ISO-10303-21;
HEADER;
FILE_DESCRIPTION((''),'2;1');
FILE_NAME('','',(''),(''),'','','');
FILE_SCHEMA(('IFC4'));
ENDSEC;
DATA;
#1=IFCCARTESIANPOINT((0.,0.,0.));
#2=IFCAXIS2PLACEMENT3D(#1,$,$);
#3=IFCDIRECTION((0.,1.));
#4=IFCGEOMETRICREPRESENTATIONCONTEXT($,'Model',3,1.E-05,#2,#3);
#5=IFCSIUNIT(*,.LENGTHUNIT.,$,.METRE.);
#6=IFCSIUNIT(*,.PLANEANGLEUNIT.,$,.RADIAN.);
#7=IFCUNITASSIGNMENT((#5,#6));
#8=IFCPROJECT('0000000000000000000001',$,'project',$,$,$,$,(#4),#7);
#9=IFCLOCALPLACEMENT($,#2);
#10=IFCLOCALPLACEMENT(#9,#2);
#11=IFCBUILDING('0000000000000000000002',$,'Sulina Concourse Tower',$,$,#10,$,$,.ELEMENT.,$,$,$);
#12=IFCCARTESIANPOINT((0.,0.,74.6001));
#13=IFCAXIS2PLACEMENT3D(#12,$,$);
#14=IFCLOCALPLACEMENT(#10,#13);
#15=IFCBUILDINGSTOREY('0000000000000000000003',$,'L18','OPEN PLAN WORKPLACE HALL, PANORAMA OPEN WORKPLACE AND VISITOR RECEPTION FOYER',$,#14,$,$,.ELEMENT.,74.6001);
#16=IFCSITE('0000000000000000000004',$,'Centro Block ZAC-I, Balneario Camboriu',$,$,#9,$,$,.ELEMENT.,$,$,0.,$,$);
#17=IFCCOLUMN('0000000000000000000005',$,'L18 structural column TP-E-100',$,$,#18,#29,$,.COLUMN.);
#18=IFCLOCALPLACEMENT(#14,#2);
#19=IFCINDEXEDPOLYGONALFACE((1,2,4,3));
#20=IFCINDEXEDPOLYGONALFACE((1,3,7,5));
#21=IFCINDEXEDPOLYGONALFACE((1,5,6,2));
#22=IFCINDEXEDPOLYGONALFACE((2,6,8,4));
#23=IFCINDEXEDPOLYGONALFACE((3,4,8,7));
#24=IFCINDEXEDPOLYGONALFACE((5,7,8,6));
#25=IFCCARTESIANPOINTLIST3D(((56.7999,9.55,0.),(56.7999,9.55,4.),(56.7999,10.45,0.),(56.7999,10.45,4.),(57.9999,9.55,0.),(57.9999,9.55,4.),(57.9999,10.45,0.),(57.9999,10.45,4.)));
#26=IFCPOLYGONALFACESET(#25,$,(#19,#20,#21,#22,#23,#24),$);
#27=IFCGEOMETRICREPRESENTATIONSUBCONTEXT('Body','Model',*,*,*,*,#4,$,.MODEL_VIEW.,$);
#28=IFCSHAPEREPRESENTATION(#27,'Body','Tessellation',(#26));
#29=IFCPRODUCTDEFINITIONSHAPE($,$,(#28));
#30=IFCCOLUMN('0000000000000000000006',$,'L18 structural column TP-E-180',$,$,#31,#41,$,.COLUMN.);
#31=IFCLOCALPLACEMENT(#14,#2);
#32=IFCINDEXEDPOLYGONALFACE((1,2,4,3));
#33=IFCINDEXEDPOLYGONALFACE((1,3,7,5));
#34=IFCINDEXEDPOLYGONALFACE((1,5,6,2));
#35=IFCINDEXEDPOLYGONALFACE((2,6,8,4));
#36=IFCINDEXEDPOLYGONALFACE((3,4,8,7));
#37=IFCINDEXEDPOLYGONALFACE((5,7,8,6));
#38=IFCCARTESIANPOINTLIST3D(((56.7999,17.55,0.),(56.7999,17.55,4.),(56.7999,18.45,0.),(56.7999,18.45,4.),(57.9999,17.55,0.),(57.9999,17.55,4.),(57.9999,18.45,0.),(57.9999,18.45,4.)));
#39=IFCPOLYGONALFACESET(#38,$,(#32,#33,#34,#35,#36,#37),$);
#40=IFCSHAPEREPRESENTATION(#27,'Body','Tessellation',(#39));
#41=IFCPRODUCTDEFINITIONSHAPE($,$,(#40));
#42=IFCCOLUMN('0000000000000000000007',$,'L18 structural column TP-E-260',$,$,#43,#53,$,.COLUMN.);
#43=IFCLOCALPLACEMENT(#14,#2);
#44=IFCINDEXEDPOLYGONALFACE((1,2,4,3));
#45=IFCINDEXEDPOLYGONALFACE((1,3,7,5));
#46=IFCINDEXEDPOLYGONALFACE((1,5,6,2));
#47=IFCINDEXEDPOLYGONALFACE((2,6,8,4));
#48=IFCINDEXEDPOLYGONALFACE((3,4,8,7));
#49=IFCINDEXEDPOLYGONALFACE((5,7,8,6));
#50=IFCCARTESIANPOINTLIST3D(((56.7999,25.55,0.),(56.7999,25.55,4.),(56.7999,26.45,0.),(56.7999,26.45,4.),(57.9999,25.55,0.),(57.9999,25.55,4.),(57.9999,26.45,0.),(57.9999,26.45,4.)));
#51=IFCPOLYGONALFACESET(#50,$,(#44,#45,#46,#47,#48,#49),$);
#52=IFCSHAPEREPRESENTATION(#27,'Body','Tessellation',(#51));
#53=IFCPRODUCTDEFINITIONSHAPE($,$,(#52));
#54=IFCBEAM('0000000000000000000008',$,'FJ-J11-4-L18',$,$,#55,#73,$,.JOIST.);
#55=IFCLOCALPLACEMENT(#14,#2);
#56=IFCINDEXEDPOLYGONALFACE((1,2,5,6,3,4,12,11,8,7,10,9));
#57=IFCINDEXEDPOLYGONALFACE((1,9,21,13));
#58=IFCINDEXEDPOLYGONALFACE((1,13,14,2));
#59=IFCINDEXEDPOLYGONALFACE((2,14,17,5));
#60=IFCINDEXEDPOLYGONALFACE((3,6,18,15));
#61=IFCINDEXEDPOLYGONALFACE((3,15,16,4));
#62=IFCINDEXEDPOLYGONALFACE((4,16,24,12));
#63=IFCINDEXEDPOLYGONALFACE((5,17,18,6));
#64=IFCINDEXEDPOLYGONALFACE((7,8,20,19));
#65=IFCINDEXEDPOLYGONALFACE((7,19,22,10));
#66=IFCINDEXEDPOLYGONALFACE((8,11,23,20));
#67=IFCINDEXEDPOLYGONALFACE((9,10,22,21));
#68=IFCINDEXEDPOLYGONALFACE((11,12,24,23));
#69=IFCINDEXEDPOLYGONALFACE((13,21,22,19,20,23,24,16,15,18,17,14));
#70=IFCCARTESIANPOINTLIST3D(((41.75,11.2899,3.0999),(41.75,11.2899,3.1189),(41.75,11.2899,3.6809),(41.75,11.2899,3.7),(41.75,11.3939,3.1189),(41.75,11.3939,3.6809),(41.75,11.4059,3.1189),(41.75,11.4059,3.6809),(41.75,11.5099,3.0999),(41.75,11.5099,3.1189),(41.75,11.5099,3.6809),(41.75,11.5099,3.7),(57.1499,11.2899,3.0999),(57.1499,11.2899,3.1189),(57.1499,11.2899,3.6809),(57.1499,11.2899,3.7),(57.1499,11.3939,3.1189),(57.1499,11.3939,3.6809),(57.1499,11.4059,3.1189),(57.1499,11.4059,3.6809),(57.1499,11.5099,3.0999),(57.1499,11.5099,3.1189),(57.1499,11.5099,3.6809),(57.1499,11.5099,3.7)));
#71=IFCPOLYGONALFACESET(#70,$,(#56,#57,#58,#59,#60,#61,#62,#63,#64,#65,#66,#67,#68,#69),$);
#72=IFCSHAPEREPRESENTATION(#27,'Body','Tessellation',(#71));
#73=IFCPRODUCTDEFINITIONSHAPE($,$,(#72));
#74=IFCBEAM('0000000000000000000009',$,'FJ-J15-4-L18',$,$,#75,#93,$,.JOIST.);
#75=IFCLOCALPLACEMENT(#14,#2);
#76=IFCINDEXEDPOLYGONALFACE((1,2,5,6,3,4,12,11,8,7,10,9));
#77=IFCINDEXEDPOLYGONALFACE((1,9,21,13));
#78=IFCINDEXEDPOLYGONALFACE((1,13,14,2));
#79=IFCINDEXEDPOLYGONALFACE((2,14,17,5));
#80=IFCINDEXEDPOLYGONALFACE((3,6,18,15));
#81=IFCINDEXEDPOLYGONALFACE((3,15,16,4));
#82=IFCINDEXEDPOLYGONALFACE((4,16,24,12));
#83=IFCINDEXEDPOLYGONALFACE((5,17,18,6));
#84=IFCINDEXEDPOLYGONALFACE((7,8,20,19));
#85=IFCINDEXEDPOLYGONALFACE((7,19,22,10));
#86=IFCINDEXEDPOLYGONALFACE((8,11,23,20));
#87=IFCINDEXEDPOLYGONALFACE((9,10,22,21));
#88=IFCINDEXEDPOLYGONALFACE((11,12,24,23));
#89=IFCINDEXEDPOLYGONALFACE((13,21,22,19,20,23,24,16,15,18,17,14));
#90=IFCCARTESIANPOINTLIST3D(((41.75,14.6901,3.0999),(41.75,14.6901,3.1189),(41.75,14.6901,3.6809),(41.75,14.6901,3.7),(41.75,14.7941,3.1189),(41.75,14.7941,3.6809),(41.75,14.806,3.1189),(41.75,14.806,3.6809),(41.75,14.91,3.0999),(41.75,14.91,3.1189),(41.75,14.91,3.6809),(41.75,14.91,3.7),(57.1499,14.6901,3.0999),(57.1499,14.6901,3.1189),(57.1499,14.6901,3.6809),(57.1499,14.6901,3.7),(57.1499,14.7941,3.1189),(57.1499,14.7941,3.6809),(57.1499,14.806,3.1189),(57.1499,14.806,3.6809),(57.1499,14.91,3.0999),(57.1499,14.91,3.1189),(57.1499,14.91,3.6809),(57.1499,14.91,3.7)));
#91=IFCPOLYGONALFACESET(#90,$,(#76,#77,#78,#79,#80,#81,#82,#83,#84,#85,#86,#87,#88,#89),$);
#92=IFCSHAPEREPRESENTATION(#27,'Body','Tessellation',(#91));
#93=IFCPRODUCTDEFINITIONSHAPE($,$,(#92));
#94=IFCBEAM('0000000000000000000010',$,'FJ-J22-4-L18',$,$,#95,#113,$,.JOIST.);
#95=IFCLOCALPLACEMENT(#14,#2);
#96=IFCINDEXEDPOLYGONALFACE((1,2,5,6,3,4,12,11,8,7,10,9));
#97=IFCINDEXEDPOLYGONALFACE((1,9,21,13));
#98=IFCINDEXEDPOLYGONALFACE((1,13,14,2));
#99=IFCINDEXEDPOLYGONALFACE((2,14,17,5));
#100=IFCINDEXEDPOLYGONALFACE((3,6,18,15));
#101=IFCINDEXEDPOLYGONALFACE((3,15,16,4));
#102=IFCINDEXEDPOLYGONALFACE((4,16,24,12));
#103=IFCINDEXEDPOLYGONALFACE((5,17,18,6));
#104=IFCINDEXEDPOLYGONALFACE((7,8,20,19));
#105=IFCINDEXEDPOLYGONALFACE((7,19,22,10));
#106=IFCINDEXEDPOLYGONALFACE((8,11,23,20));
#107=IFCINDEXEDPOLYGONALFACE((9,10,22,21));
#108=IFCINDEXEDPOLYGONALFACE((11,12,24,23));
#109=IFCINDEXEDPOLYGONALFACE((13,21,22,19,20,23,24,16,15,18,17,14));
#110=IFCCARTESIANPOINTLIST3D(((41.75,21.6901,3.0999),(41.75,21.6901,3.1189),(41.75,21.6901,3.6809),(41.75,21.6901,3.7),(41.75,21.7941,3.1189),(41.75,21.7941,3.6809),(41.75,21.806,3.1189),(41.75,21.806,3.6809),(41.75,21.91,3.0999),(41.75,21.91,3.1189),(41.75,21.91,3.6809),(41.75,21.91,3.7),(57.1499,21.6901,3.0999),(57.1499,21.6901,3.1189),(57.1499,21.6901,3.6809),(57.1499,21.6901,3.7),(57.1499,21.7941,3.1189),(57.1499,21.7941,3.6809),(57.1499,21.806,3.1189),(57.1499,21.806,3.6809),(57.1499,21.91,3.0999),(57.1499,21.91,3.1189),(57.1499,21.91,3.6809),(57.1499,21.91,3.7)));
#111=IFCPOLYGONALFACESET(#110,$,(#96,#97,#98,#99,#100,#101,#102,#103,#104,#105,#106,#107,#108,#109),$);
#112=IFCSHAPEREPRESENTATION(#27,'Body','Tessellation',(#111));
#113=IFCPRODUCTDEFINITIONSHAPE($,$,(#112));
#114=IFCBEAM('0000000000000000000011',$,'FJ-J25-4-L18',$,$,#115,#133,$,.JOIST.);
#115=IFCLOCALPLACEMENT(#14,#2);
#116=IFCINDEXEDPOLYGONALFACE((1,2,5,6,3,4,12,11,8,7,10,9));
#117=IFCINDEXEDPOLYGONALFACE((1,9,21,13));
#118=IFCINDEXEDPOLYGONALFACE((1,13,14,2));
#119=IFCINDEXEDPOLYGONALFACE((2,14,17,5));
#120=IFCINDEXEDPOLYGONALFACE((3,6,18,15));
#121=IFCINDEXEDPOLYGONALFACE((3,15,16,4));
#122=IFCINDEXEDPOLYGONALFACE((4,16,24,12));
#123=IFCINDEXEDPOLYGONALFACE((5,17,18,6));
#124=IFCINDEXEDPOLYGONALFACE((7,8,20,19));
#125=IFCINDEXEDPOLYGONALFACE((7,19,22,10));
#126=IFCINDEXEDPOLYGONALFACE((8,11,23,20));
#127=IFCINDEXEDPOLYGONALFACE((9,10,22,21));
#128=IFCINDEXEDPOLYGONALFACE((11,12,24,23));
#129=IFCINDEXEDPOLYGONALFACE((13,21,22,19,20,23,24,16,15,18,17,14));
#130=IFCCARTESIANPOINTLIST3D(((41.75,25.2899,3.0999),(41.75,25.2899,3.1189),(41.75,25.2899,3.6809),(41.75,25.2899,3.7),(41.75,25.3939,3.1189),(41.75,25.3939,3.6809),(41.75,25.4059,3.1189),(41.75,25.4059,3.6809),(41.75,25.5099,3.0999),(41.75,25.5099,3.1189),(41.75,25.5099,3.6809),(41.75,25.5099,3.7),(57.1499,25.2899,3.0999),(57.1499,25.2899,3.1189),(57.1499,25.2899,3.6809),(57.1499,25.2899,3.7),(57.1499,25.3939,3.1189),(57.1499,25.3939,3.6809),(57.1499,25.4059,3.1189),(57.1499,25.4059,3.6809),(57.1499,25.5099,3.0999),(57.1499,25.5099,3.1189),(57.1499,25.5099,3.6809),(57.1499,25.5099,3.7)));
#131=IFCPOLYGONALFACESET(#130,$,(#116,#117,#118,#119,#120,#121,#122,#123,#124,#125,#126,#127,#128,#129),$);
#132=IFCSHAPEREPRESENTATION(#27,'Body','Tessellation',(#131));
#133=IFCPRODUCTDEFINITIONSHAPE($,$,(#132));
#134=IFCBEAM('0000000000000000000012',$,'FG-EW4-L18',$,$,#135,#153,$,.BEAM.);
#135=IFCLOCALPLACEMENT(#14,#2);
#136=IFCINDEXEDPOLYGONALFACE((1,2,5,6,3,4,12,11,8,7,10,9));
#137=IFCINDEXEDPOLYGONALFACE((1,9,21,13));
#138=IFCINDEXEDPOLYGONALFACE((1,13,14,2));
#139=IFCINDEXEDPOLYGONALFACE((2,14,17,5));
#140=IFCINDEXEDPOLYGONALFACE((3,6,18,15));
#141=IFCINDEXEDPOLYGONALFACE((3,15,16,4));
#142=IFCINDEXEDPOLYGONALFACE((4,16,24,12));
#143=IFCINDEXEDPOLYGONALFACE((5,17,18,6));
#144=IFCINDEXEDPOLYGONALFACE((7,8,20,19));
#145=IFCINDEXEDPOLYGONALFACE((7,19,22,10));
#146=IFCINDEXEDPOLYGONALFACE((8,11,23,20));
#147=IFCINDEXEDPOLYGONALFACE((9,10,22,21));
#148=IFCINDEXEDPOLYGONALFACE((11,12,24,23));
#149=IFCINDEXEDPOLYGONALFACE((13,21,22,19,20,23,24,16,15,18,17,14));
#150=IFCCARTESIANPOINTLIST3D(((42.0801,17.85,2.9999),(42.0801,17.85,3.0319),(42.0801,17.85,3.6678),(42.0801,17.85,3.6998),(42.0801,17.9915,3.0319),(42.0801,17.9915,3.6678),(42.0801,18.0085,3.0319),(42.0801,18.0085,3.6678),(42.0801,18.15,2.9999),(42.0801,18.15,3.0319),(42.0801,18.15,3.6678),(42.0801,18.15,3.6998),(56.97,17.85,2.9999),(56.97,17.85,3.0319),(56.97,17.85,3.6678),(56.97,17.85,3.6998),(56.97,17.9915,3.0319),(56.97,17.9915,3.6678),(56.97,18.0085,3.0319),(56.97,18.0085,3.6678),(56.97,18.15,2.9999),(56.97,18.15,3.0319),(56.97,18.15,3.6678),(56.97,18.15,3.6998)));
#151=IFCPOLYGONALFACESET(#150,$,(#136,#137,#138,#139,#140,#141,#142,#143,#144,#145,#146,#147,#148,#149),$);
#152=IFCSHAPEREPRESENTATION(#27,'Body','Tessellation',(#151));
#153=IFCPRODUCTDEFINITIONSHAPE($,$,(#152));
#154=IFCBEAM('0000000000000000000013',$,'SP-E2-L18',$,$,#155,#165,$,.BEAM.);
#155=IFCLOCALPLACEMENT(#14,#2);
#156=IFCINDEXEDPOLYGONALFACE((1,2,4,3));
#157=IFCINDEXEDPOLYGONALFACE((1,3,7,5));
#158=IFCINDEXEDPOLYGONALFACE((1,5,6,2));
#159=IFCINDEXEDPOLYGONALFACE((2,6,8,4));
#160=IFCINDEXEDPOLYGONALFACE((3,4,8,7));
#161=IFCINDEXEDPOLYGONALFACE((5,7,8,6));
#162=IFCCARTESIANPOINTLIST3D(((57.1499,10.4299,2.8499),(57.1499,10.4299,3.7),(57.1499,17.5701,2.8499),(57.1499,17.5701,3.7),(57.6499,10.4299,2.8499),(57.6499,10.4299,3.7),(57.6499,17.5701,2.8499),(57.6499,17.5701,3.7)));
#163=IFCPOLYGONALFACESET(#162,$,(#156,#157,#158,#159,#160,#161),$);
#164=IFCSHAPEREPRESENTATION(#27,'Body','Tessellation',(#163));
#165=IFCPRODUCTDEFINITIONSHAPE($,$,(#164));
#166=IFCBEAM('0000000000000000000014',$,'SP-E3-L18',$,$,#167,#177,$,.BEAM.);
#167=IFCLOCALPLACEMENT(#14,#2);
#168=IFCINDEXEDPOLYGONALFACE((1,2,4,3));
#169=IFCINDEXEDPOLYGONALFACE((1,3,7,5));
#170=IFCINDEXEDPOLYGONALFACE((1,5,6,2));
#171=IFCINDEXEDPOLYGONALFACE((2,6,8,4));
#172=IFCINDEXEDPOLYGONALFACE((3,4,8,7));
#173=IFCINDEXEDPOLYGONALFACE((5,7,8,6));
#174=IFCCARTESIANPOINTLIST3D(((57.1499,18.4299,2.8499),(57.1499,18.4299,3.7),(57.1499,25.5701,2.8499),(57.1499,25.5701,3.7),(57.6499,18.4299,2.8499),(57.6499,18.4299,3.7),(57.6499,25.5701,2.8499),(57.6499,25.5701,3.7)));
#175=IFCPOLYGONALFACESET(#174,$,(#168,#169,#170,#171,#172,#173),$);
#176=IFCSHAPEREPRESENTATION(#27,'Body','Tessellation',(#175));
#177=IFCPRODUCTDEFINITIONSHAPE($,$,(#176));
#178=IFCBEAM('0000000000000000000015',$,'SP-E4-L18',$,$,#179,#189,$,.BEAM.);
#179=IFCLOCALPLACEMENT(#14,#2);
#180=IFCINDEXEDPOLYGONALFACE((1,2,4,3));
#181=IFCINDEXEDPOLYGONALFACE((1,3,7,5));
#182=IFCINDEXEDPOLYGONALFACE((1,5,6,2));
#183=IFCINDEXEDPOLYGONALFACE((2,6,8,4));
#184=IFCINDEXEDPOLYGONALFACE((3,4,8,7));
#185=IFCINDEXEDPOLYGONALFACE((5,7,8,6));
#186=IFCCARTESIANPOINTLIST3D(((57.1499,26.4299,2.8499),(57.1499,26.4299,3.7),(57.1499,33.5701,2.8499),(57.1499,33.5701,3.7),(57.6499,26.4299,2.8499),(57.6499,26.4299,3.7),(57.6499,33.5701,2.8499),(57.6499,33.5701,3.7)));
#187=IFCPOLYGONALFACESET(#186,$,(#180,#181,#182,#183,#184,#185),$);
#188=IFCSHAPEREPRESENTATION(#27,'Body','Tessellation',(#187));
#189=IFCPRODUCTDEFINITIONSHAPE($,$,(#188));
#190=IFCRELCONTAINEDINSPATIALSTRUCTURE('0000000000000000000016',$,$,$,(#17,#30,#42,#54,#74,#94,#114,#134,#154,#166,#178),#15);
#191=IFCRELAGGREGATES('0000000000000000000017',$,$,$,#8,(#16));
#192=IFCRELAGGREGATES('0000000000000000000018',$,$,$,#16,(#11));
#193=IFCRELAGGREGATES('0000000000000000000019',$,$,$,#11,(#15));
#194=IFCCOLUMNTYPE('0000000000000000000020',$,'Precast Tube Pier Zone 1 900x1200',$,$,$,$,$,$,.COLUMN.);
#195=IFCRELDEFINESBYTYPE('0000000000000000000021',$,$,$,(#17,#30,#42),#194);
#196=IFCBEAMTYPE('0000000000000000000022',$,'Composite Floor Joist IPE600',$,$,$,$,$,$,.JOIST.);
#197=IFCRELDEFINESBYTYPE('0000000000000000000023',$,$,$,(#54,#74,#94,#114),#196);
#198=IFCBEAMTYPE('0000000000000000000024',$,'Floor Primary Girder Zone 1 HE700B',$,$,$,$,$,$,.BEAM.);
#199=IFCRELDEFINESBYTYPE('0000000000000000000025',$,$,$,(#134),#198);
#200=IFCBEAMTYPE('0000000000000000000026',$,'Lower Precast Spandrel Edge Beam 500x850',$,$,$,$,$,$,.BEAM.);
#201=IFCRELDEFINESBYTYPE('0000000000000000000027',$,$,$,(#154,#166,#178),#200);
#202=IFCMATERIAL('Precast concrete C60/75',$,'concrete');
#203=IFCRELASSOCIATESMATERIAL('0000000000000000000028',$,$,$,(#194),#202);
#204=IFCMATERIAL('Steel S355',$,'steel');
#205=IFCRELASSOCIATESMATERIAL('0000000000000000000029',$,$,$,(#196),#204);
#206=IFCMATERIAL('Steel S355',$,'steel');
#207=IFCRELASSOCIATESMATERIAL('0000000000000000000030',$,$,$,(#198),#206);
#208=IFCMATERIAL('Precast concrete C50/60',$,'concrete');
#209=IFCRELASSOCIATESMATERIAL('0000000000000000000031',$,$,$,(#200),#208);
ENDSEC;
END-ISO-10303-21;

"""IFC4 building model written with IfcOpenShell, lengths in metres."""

from ifc_helpers import new_model, si_unit, direction, frame, origin, origin_2d, place, context, subcontext, project, spatial, rectangle, i_section, extrude, material, material_profile, profile_set, type_object, element, save


model = new_model("IFC4")

# Units and contexts
model_context = context("Model", 3, precision=1e-05, world=origin(), true_north=direction((0.0, 1.0)))
body_context = subcontext(model_context, "Body", "Model", "MODEL_VIEW")
ifc_project = project(units=[si_unit("LENGTHUNIT", "METRE"), si_unit("PLANEANGLEUNIT", "RADIAN")], contexts=[model_context])

# Site, building, storey
site_placement = place(None, origin())
site = spatial("IfcSite", under=ifc_project, at=site_placement, Name="Centro Block ZAC-I, Balneario Camboriu", CompositionType="ELEMENT", RefElevation=0.0)
building_placement = place(site_placement, origin())
building = spatial("IfcBuilding", under=site, at=building_placement, Name="Sulina Concourse Tower", CompositionType="ELEMENT")
storey_placement = place(building_placement, frame((0.0, 0.0, 74.6001)))
storey = spatial("IfcBuildingStorey", under=building, at=storey_placement, Name="L18", Description="OPEN PLAN WORKPLACE HALL, PANORAMA OPEN WORKPLACE AND VISITOR RECEPTION FOYER", CompositionType="ELEMENT", Elevation=74.6001)

# Columns
ifc_material_1 = material(Name="Precast concrete C60/75", Category="concrete")
ifc_material_profile_1 = material_profile(ifc_material_1, rectangle(XDim=0.8999, YDim=1.2, at=origin_2d()), Name="PC 900x1200")
ifc_profile_set_1 = profile_set([ifc_material_profile_1], Name="Precast concrete C60/75")
column_type = type_object("IfcColumnType", Name="Precast Tube Pier Zone 1 900x1200", PredefinedType="COLUMN", material=ifc_profile_set_1)
for number, where, z_axis, x_axis, name in (
    (1, (57.3999, 10.0, 0.0), (0.0, 0.0, 1.0), (0.0, 1.0, 0.0), "L18 structural column TP-E-100"),
    (2, (57.3999, 18.0, 0.0), (0.0, 0.0, 1.0), (0.0, 1.0, 0.0), "L18 structural column TP-E-180"),
    (3, (57.3999, 26.0, 0.0), (0.0, 0.0, 1.0), (0.0, 1.0, 0.0), "L18 structural column TP-E-260"),
):
    element("IfcColumn", number, at=place(storey_placement, frame(where, z_axis=z_axis, x_axis=x_axis)), inside=storey, type_object=column_type, Name=name, PredefinedType="COLUMN", context=body_context, shape_type="SweptSolid", body=[
        extrude(rectangle(XDim=0.8999, YDim=1.2, at=origin_2d()), origin(), (0.0, 0.0, 1.0), 4.0),
    ])

# Beams
ifc_material_2 = material(Name="Steel S355", Category="steel")
ifc_material_profile_2 = material_profile(ifc_material_2, i_section(OverallWidth=0.22, OverallDepth=0.6001, WebThickness=0.012, FlangeThickness=0.019, at=origin_2d()), Name="IPE 600")
ifc_profile_set_2 = profile_set([ifc_material_profile_2], Name="Steel S355")
beam_type_1 = type_object("IfcBeamType", Name="Composite Floor Joist IPE600", PredefinedType="JOIST", material=ifc_profile_set_2)
for number, where, z_axis, x_axis, name in (
    (4, (41.75, 11.3999, 3.3999), (1.0, 0.0, 0.0), (0.0, 1.0, 0.0), "FJ-J11-4-L18"),
    (5, (41.75, 14.8, 3.3999), (1.0, 0.0, 0.0), (0.0, 1.0, 0.0), "FJ-J15-4-L18"),
    (6, (41.75, 21.8, 3.3999), (1.0, 0.0, 0.0), (0.0, 1.0, 0.0), "FJ-J22-4-L18"),
    (7, (41.75, 25.3999, 3.3999), (1.0, 0.0, 0.0), (0.0, 1.0, 0.0), "FJ-J25-4-L18"),
):
    element("IfcBeam", number, at=place(storey_placement, frame(where, z_axis=z_axis, x_axis=x_axis)), inside=storey, type_object=beam_type_1, Name=name, PredefinedType="JOIST", context=body_context, shape_type="SweptSolid", body=[
        extrude(i_section(OverallWidth=0.22, OverallDepth=0.6001, WebThickness=0.012, FlangeThickness=0.019, at=origin_2d()), origin(), (0.0, 0.0, 1.0), 15.3999),
    ])
ifc_material_3 = material(Name="Steel S355", Category="steel")
ifc_material_profile_3 = material_profile(ifc_material_3, i_section(OverallWidth=0.3, OverallDepth=0.7, WebThickness=0.0171, FlangeThickness=0.032, at=origin_2d()), Name="HE 700 B")
ifc_profile_set_3 = profile_set([ifc_material_profile_3], Name="Steel S355")
beam_type_2 = type_object("IfcBeamType", Name="Floor Primary Girder Zone 1 HE700B", PredefinedType="BEAM", material=ifc_profile_set_3)
beam_placement = place(storey_placement, frame((42.0801, 18.0, 3.3499), z_axis=(1.0, 0.0, 0.0), x_axis=(0.0, 1.0, 0.0)))
element("IfcBeam", 8, at=beam_placement, inside=storey, type_object=beam_type_2, Name="FG-EW4-L18", PredefinedType="BEAM", context=body_context, shape_type="SweptSolid", body=[
    extrude(i_section(OverallWidth=0.3, OverallDepth=0.7, WebThickness=0.0171, FlangeThickness=0.032, at=origin_2d()), origin(), (0.0, 0.0, 1.0), 14.8899),
])
ifc_material_4 = material(Name="Precast concrete C50/60", Category="concrete")
ifc_material_profile_4 = material_profile(ifc_material_4, rectangle(XDim=0.5, YDim=0.8501, at=origin_2d()), Name="RC 500x850")
ifc_profile_set_4 = profile_set([ifc_material_profile_4], Name="Precast concrete C50/60")
beam_type_3 = type_object("IfcBeamType", Name="Lower Precast Spandrel Edge Beam 500x850", PredefinedType="BEAM", material=ifc_profile_set_4)
for number, where, z_axis, x_axis, name in (
    (9, (57.3999, 10.4299, 3.2749), (0.0, 1.0, 0.0), (-1.0, 0.0, 0.0), "SP-E2-L18"),
    (10, (57.3999, 18.4299, 3.2749), (0.0, 1.0, 0.0), (-1.0, 0.0, 0.0), "SP-E3-L18"),
    (11, (57.3999, 26.4299, 3.2749), (0.0, 1.0, 0.0), (-1.0, 0.0, 0.0), "SP-E4-L18"),
):
    element("IfcBeam", number, at=place(storey_placement, frame(where, z_axis=z_axis, x_axis=x_axis)), inside=storey, type_object=beam_type_3, Name=name, PredefinedType="BEAM", context=body_context, shape_type="SweptSolid", body=[
        extrude(rectangle(XDim=0.5, YDim=0.8501, at=origin_2d()), origin(), (0.0, 0.0, 1.0), 7.1401),
    ])

save(model, "model.ifc")
